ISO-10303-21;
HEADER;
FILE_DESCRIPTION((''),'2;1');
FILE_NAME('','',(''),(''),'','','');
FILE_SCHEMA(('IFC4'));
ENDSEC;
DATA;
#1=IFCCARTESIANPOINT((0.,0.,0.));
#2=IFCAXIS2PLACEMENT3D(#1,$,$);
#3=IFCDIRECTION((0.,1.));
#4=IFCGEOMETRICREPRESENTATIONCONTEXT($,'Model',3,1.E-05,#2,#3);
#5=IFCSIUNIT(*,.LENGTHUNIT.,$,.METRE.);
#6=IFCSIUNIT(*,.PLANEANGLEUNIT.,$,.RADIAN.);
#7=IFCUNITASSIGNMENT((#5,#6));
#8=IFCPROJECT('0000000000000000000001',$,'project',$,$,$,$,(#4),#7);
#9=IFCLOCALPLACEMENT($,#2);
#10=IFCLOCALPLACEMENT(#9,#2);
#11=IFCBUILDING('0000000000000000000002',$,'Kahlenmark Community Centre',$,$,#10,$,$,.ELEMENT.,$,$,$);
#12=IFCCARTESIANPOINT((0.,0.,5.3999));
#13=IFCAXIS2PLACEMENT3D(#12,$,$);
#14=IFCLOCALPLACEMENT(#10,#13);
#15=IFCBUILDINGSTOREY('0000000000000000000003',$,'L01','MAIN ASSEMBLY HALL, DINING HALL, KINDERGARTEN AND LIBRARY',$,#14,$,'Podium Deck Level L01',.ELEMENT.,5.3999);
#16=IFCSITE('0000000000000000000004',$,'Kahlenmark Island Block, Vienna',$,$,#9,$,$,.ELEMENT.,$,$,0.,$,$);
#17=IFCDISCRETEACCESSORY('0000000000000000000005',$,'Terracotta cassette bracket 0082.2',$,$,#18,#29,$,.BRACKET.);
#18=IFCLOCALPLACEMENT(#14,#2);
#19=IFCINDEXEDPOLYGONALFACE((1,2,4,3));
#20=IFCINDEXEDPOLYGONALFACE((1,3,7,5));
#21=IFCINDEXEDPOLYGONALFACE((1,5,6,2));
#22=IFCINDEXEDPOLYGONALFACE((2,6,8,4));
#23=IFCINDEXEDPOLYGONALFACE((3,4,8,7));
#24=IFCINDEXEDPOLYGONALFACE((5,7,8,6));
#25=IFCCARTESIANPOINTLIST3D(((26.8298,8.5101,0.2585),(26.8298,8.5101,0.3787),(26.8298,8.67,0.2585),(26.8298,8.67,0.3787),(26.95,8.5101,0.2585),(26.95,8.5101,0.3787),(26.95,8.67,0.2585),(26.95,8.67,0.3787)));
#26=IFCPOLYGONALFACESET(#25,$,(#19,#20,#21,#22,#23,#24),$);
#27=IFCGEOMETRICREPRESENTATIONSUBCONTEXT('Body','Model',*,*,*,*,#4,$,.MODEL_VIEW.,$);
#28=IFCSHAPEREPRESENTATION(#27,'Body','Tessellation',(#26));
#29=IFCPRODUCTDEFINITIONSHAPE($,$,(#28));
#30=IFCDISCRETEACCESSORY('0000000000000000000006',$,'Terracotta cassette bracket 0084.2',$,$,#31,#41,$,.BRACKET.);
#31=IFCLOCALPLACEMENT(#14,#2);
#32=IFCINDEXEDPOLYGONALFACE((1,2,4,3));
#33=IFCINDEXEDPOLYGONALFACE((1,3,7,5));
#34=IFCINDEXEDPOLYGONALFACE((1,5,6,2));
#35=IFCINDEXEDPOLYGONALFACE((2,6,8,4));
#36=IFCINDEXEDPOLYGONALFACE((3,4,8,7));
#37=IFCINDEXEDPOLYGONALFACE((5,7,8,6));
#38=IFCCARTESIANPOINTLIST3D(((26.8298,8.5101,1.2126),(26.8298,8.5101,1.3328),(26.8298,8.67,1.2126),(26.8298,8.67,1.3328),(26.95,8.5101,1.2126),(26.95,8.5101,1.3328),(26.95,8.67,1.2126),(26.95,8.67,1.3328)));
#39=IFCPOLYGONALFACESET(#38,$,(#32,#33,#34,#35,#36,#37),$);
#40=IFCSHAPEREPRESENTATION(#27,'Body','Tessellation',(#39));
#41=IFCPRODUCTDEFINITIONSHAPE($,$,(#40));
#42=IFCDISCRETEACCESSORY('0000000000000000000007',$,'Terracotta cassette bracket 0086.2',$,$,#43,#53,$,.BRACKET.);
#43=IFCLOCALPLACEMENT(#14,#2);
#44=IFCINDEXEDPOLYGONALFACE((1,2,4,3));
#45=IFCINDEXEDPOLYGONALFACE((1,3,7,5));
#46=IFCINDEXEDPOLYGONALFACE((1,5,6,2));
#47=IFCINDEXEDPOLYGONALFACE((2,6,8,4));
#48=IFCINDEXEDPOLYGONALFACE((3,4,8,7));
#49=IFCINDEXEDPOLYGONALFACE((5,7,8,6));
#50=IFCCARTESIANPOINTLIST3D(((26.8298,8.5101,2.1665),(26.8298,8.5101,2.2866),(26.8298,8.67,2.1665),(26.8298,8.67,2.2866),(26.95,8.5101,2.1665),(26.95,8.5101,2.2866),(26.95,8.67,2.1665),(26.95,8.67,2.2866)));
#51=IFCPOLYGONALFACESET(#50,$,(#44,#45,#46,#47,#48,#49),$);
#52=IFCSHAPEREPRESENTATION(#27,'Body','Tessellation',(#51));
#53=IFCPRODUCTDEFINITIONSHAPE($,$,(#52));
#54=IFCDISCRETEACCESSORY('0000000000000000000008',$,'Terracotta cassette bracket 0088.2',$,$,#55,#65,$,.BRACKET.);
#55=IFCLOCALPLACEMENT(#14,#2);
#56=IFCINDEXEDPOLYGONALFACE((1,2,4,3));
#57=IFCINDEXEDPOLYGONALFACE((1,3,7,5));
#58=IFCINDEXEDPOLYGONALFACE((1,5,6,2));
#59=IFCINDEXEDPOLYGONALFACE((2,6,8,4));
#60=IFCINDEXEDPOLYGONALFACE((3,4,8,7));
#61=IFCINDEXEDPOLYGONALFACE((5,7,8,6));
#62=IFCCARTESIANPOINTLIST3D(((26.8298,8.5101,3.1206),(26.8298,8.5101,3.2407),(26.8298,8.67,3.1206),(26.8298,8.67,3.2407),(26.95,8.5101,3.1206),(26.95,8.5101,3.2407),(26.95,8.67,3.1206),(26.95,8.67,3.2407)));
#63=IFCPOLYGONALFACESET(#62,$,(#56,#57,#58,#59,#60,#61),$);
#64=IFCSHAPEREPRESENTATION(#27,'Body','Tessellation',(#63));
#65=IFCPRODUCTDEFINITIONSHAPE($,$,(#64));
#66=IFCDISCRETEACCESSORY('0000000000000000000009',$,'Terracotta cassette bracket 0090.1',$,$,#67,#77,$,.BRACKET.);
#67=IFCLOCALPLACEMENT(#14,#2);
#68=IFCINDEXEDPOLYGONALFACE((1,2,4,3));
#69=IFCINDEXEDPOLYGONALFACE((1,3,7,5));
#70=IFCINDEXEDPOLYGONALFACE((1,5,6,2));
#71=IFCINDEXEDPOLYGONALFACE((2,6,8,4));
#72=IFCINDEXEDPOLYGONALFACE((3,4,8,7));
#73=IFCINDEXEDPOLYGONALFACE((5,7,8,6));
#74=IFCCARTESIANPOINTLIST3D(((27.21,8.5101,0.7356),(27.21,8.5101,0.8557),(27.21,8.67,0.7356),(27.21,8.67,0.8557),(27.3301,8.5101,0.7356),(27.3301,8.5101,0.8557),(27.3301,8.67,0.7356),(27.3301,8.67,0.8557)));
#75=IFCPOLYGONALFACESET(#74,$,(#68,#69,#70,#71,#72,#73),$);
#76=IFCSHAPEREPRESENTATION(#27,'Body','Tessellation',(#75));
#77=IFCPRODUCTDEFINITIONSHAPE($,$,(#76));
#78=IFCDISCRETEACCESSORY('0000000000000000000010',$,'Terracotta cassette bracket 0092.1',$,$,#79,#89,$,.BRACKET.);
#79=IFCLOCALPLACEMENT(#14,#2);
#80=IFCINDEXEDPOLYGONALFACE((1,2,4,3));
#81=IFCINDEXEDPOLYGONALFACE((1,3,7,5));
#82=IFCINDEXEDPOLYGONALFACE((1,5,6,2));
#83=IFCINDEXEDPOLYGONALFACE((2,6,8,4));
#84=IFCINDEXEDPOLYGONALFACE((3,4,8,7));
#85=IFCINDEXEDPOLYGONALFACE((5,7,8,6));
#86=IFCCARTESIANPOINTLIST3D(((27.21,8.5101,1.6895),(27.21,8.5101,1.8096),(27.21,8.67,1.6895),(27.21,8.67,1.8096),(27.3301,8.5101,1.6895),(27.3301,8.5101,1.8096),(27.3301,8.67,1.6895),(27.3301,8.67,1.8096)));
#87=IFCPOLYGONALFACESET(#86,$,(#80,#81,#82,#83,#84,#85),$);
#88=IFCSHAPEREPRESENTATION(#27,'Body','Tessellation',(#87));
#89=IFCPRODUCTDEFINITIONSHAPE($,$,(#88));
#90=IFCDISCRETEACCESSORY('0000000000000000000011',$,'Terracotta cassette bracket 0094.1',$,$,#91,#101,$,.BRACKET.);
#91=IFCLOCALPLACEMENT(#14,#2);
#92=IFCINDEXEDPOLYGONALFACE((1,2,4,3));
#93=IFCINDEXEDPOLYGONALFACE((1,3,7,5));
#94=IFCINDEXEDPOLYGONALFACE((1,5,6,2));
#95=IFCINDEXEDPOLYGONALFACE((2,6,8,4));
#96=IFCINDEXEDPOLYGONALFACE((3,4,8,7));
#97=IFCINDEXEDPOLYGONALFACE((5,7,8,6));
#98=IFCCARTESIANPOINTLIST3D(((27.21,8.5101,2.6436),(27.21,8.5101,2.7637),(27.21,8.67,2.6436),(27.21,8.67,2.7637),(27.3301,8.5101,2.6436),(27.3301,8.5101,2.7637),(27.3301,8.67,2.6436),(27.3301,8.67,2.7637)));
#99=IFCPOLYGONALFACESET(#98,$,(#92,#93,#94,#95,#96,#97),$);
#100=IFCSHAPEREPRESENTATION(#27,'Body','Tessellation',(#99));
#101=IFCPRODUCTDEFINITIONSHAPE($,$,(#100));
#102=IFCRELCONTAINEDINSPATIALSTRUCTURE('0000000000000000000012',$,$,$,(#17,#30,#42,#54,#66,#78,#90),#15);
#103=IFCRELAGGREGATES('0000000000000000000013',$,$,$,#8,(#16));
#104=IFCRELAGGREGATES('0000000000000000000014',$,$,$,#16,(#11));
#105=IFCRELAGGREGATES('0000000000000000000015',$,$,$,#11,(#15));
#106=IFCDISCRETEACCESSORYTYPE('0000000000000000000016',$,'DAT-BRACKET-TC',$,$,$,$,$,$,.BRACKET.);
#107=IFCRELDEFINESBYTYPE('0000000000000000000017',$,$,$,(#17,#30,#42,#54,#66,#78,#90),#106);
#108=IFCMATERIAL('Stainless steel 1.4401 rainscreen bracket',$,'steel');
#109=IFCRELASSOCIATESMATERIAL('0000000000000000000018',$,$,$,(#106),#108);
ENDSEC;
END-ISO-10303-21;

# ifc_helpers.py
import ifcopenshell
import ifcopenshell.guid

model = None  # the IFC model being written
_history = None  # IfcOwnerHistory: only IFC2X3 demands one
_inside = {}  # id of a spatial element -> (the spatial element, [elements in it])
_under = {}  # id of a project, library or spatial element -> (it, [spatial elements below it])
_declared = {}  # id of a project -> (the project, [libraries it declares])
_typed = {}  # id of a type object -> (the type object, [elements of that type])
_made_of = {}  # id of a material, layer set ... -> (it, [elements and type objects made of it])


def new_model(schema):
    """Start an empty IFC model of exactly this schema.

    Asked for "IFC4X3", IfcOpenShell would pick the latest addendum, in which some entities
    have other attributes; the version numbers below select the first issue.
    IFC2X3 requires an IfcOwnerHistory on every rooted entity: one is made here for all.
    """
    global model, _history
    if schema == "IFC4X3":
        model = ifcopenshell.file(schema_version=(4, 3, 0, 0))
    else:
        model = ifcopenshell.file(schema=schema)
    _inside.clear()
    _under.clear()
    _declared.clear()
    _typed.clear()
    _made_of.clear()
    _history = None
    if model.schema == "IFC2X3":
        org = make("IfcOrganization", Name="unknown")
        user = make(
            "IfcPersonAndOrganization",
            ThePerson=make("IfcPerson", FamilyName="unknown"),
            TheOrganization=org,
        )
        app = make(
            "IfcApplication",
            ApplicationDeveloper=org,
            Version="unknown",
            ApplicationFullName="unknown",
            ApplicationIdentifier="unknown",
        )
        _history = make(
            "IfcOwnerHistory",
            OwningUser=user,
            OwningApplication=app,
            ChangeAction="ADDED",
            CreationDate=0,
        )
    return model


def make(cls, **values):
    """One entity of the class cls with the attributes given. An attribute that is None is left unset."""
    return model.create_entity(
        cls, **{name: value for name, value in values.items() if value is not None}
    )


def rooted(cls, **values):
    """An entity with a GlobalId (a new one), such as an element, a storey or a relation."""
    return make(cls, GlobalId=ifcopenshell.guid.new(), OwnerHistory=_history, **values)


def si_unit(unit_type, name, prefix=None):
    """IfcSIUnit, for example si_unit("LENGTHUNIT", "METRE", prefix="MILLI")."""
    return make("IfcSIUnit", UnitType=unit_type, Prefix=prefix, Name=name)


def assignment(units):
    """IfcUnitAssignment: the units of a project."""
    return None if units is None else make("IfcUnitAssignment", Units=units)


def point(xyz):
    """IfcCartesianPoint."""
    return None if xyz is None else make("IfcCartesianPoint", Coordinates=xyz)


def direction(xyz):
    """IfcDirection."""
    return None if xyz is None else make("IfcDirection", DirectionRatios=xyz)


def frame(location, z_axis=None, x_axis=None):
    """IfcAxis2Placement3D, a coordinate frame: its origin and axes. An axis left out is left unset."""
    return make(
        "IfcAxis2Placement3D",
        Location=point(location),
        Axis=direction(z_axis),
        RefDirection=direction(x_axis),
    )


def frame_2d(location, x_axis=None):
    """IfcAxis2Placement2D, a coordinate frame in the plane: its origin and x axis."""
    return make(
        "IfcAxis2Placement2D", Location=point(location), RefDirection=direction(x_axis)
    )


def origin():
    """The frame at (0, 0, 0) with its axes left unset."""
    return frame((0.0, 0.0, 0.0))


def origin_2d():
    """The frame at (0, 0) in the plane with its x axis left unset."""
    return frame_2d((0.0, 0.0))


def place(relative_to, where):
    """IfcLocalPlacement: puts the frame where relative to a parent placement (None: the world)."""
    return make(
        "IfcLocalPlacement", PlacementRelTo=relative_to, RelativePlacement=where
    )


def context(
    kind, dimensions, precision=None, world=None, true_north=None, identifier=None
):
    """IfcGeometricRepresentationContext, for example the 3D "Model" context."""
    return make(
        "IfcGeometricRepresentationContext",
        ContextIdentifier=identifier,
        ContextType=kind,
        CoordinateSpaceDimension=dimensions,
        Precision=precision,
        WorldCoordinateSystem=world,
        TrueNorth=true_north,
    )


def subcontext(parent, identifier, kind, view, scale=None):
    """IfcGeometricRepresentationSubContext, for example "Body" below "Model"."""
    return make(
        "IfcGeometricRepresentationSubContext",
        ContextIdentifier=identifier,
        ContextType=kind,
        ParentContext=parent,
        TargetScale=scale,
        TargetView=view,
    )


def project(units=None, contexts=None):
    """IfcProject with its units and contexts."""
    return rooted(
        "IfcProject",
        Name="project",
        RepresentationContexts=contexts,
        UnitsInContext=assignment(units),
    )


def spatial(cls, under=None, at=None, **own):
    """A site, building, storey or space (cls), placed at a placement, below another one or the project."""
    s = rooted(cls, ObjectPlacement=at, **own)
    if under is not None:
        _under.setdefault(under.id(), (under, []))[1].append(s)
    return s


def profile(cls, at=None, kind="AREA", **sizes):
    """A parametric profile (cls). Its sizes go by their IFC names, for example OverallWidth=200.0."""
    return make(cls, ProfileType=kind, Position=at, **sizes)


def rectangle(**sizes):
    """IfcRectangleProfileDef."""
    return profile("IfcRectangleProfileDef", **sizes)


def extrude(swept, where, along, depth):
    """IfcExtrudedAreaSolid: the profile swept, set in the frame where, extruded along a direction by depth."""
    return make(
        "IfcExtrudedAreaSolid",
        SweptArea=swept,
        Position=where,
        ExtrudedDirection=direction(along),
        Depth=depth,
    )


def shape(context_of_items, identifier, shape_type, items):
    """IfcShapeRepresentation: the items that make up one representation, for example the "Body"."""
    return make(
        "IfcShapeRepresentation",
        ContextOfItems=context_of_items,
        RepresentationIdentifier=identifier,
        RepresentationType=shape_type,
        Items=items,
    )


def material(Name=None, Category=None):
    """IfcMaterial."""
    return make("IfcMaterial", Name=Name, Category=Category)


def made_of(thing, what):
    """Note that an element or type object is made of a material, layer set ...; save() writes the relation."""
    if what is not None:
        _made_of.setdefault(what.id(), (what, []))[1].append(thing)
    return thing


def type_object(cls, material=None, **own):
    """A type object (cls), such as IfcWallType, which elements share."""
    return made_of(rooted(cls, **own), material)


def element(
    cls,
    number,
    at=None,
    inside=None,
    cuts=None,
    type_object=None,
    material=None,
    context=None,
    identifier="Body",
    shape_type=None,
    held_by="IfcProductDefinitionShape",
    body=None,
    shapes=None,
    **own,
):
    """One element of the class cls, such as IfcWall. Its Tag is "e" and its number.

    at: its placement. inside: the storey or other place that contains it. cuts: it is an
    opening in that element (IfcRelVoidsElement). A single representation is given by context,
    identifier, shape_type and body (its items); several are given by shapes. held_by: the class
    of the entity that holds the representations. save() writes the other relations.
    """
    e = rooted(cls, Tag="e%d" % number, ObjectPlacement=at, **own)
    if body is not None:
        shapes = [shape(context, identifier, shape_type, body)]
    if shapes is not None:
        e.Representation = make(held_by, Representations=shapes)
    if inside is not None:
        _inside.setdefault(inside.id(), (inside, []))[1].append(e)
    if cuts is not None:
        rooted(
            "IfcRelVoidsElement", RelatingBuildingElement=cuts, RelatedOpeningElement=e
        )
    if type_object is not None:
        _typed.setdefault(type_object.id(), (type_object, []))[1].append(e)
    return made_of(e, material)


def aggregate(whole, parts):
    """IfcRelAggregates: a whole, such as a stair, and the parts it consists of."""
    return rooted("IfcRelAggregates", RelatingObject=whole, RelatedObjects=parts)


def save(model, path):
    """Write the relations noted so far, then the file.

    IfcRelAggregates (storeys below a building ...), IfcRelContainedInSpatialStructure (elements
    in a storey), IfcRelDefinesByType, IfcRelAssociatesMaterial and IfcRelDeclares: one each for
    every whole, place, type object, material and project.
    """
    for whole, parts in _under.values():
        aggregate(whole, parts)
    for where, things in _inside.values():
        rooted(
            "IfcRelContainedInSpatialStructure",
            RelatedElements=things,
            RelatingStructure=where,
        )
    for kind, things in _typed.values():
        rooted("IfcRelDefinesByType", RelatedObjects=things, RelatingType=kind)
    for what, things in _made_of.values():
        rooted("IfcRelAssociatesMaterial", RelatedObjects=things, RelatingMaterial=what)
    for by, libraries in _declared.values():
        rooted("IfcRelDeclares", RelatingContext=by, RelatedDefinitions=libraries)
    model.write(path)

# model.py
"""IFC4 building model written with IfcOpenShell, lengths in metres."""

from ifc_helpers import new_model, si_unit, direction, frame, origin, origin_2d, place, context, subcontext, project, spatial, rectangle, extrude, material, type_object, element, save


model = new_model("IFC4")

# Units and contexts
model_context = context("Model", 3, precision=1e-05, world=origin(), true_north=direction((0.0, 1.0)))
body_context = subcontext(model_context, "Body", "Model", "MODEL_VIEW")
ifc_project = project(units=[si_unit("LENGTHUNIT", "METRE"), si_unit("PLANEANGLEUNIT", "RADIAN")], contexts=[model_context])

# Site, building, storey
site_placement = place(None, origin())
site = spatial("IfcSite", under=ifc_project, at=site_placement, Name="Kahlenmark Island Block, Vienna", CompositionType="ELEMENT", RefElevation=0.0)
building_placement = place(site_placement, origin())
building = spatial("IfcBuilding", under=site, at=building_placement, Name="Kahlenmark Community Centre", CompositionType="ELEMENT")
storey_placement = place(building_placement, frame((0.0, 0.0, 5.3999)))
storey = spatial("IfcBuildingStorey", under=building, at=storey_placement, Name="L01", Description="MAIN ASSEMBLY HALL, DINING HALL, KINDERGARTEN AND LIBRARY", LongName="Podium Deck Level L01", CompositionType="ELEMENT", Elevation=5.3999)

# Discrete accessories
ifc_material_1 = material(Name="Stainless steel 1.4401 rainscreen bracket", Category="steel")
discrete_accessory_type = type_object("IfcDiscreteAccessoryType", Name="DAT-BRACKET-TC", PredefinedType="BRACKET", material=ifc_material_1)
for number, where, z_axis, x_axis, name in (
    (1, (26.8899, 8.5901, 0.2585), (0.0, 0.0, 1.0), (1.0, 0.0, 0.0), "Terracotta cassette bracket 0082.2"),
    (2, (26.8899, 8.5901, 1.2126), (0.0, 0.0, 1.0), (1.0, 0.0, 0.0), "Terracotta cassette bracket 0084.2"),
    (3, (26.8899, 8.5901, 2.1665), (0.0, 0.0, 1.0), (1.0, 0.0, 0.0), "Terracotta cassette bracket 0086.2"),
    (4, (26.8899, 8.5901, 3.1206), (0.0, 0.0, 1.0), (1.0, 0.0, 0.0), "Terracotta cassette bracket 0088.2"),
    (5, (27.27, 8.5901, 0.7356), (0.0, 0.0, 1.0), (1.0, 0.0, 0.0), "Terracotta cassette bracket 0090.1"),
    (6, (27.27, 8.5901, 1.6895), (0.0, 0.0, 1.0), (1.0, 0.0, 0.0), "Terracotta cassette bracket 0092.1"),
    (7, (27.27, 8.5901, 2.6436), (0.0, 0.0, 1.0), (1.0, 0.0, 0.0), "Terracotta cassette bracket 0094.1"),
):
    element("IfcDiscreteAccessory", number, at=place(storey_placement, frame(where, z_axis=z_axis, x_axis=x_axis)), inside=storey, type_object=discrete_accessory_type, Name=name, PredefinedType="BRACKET", context=body_context, shape_type="SweptSolid", body=[
        extrude(rectangle(XDim=0.1201, YDim=0.1599, at=origin_2d()), origin(), (0.0, 0.0, 1.0), 0.1201),
    ])

save(model, "model.ifc")
